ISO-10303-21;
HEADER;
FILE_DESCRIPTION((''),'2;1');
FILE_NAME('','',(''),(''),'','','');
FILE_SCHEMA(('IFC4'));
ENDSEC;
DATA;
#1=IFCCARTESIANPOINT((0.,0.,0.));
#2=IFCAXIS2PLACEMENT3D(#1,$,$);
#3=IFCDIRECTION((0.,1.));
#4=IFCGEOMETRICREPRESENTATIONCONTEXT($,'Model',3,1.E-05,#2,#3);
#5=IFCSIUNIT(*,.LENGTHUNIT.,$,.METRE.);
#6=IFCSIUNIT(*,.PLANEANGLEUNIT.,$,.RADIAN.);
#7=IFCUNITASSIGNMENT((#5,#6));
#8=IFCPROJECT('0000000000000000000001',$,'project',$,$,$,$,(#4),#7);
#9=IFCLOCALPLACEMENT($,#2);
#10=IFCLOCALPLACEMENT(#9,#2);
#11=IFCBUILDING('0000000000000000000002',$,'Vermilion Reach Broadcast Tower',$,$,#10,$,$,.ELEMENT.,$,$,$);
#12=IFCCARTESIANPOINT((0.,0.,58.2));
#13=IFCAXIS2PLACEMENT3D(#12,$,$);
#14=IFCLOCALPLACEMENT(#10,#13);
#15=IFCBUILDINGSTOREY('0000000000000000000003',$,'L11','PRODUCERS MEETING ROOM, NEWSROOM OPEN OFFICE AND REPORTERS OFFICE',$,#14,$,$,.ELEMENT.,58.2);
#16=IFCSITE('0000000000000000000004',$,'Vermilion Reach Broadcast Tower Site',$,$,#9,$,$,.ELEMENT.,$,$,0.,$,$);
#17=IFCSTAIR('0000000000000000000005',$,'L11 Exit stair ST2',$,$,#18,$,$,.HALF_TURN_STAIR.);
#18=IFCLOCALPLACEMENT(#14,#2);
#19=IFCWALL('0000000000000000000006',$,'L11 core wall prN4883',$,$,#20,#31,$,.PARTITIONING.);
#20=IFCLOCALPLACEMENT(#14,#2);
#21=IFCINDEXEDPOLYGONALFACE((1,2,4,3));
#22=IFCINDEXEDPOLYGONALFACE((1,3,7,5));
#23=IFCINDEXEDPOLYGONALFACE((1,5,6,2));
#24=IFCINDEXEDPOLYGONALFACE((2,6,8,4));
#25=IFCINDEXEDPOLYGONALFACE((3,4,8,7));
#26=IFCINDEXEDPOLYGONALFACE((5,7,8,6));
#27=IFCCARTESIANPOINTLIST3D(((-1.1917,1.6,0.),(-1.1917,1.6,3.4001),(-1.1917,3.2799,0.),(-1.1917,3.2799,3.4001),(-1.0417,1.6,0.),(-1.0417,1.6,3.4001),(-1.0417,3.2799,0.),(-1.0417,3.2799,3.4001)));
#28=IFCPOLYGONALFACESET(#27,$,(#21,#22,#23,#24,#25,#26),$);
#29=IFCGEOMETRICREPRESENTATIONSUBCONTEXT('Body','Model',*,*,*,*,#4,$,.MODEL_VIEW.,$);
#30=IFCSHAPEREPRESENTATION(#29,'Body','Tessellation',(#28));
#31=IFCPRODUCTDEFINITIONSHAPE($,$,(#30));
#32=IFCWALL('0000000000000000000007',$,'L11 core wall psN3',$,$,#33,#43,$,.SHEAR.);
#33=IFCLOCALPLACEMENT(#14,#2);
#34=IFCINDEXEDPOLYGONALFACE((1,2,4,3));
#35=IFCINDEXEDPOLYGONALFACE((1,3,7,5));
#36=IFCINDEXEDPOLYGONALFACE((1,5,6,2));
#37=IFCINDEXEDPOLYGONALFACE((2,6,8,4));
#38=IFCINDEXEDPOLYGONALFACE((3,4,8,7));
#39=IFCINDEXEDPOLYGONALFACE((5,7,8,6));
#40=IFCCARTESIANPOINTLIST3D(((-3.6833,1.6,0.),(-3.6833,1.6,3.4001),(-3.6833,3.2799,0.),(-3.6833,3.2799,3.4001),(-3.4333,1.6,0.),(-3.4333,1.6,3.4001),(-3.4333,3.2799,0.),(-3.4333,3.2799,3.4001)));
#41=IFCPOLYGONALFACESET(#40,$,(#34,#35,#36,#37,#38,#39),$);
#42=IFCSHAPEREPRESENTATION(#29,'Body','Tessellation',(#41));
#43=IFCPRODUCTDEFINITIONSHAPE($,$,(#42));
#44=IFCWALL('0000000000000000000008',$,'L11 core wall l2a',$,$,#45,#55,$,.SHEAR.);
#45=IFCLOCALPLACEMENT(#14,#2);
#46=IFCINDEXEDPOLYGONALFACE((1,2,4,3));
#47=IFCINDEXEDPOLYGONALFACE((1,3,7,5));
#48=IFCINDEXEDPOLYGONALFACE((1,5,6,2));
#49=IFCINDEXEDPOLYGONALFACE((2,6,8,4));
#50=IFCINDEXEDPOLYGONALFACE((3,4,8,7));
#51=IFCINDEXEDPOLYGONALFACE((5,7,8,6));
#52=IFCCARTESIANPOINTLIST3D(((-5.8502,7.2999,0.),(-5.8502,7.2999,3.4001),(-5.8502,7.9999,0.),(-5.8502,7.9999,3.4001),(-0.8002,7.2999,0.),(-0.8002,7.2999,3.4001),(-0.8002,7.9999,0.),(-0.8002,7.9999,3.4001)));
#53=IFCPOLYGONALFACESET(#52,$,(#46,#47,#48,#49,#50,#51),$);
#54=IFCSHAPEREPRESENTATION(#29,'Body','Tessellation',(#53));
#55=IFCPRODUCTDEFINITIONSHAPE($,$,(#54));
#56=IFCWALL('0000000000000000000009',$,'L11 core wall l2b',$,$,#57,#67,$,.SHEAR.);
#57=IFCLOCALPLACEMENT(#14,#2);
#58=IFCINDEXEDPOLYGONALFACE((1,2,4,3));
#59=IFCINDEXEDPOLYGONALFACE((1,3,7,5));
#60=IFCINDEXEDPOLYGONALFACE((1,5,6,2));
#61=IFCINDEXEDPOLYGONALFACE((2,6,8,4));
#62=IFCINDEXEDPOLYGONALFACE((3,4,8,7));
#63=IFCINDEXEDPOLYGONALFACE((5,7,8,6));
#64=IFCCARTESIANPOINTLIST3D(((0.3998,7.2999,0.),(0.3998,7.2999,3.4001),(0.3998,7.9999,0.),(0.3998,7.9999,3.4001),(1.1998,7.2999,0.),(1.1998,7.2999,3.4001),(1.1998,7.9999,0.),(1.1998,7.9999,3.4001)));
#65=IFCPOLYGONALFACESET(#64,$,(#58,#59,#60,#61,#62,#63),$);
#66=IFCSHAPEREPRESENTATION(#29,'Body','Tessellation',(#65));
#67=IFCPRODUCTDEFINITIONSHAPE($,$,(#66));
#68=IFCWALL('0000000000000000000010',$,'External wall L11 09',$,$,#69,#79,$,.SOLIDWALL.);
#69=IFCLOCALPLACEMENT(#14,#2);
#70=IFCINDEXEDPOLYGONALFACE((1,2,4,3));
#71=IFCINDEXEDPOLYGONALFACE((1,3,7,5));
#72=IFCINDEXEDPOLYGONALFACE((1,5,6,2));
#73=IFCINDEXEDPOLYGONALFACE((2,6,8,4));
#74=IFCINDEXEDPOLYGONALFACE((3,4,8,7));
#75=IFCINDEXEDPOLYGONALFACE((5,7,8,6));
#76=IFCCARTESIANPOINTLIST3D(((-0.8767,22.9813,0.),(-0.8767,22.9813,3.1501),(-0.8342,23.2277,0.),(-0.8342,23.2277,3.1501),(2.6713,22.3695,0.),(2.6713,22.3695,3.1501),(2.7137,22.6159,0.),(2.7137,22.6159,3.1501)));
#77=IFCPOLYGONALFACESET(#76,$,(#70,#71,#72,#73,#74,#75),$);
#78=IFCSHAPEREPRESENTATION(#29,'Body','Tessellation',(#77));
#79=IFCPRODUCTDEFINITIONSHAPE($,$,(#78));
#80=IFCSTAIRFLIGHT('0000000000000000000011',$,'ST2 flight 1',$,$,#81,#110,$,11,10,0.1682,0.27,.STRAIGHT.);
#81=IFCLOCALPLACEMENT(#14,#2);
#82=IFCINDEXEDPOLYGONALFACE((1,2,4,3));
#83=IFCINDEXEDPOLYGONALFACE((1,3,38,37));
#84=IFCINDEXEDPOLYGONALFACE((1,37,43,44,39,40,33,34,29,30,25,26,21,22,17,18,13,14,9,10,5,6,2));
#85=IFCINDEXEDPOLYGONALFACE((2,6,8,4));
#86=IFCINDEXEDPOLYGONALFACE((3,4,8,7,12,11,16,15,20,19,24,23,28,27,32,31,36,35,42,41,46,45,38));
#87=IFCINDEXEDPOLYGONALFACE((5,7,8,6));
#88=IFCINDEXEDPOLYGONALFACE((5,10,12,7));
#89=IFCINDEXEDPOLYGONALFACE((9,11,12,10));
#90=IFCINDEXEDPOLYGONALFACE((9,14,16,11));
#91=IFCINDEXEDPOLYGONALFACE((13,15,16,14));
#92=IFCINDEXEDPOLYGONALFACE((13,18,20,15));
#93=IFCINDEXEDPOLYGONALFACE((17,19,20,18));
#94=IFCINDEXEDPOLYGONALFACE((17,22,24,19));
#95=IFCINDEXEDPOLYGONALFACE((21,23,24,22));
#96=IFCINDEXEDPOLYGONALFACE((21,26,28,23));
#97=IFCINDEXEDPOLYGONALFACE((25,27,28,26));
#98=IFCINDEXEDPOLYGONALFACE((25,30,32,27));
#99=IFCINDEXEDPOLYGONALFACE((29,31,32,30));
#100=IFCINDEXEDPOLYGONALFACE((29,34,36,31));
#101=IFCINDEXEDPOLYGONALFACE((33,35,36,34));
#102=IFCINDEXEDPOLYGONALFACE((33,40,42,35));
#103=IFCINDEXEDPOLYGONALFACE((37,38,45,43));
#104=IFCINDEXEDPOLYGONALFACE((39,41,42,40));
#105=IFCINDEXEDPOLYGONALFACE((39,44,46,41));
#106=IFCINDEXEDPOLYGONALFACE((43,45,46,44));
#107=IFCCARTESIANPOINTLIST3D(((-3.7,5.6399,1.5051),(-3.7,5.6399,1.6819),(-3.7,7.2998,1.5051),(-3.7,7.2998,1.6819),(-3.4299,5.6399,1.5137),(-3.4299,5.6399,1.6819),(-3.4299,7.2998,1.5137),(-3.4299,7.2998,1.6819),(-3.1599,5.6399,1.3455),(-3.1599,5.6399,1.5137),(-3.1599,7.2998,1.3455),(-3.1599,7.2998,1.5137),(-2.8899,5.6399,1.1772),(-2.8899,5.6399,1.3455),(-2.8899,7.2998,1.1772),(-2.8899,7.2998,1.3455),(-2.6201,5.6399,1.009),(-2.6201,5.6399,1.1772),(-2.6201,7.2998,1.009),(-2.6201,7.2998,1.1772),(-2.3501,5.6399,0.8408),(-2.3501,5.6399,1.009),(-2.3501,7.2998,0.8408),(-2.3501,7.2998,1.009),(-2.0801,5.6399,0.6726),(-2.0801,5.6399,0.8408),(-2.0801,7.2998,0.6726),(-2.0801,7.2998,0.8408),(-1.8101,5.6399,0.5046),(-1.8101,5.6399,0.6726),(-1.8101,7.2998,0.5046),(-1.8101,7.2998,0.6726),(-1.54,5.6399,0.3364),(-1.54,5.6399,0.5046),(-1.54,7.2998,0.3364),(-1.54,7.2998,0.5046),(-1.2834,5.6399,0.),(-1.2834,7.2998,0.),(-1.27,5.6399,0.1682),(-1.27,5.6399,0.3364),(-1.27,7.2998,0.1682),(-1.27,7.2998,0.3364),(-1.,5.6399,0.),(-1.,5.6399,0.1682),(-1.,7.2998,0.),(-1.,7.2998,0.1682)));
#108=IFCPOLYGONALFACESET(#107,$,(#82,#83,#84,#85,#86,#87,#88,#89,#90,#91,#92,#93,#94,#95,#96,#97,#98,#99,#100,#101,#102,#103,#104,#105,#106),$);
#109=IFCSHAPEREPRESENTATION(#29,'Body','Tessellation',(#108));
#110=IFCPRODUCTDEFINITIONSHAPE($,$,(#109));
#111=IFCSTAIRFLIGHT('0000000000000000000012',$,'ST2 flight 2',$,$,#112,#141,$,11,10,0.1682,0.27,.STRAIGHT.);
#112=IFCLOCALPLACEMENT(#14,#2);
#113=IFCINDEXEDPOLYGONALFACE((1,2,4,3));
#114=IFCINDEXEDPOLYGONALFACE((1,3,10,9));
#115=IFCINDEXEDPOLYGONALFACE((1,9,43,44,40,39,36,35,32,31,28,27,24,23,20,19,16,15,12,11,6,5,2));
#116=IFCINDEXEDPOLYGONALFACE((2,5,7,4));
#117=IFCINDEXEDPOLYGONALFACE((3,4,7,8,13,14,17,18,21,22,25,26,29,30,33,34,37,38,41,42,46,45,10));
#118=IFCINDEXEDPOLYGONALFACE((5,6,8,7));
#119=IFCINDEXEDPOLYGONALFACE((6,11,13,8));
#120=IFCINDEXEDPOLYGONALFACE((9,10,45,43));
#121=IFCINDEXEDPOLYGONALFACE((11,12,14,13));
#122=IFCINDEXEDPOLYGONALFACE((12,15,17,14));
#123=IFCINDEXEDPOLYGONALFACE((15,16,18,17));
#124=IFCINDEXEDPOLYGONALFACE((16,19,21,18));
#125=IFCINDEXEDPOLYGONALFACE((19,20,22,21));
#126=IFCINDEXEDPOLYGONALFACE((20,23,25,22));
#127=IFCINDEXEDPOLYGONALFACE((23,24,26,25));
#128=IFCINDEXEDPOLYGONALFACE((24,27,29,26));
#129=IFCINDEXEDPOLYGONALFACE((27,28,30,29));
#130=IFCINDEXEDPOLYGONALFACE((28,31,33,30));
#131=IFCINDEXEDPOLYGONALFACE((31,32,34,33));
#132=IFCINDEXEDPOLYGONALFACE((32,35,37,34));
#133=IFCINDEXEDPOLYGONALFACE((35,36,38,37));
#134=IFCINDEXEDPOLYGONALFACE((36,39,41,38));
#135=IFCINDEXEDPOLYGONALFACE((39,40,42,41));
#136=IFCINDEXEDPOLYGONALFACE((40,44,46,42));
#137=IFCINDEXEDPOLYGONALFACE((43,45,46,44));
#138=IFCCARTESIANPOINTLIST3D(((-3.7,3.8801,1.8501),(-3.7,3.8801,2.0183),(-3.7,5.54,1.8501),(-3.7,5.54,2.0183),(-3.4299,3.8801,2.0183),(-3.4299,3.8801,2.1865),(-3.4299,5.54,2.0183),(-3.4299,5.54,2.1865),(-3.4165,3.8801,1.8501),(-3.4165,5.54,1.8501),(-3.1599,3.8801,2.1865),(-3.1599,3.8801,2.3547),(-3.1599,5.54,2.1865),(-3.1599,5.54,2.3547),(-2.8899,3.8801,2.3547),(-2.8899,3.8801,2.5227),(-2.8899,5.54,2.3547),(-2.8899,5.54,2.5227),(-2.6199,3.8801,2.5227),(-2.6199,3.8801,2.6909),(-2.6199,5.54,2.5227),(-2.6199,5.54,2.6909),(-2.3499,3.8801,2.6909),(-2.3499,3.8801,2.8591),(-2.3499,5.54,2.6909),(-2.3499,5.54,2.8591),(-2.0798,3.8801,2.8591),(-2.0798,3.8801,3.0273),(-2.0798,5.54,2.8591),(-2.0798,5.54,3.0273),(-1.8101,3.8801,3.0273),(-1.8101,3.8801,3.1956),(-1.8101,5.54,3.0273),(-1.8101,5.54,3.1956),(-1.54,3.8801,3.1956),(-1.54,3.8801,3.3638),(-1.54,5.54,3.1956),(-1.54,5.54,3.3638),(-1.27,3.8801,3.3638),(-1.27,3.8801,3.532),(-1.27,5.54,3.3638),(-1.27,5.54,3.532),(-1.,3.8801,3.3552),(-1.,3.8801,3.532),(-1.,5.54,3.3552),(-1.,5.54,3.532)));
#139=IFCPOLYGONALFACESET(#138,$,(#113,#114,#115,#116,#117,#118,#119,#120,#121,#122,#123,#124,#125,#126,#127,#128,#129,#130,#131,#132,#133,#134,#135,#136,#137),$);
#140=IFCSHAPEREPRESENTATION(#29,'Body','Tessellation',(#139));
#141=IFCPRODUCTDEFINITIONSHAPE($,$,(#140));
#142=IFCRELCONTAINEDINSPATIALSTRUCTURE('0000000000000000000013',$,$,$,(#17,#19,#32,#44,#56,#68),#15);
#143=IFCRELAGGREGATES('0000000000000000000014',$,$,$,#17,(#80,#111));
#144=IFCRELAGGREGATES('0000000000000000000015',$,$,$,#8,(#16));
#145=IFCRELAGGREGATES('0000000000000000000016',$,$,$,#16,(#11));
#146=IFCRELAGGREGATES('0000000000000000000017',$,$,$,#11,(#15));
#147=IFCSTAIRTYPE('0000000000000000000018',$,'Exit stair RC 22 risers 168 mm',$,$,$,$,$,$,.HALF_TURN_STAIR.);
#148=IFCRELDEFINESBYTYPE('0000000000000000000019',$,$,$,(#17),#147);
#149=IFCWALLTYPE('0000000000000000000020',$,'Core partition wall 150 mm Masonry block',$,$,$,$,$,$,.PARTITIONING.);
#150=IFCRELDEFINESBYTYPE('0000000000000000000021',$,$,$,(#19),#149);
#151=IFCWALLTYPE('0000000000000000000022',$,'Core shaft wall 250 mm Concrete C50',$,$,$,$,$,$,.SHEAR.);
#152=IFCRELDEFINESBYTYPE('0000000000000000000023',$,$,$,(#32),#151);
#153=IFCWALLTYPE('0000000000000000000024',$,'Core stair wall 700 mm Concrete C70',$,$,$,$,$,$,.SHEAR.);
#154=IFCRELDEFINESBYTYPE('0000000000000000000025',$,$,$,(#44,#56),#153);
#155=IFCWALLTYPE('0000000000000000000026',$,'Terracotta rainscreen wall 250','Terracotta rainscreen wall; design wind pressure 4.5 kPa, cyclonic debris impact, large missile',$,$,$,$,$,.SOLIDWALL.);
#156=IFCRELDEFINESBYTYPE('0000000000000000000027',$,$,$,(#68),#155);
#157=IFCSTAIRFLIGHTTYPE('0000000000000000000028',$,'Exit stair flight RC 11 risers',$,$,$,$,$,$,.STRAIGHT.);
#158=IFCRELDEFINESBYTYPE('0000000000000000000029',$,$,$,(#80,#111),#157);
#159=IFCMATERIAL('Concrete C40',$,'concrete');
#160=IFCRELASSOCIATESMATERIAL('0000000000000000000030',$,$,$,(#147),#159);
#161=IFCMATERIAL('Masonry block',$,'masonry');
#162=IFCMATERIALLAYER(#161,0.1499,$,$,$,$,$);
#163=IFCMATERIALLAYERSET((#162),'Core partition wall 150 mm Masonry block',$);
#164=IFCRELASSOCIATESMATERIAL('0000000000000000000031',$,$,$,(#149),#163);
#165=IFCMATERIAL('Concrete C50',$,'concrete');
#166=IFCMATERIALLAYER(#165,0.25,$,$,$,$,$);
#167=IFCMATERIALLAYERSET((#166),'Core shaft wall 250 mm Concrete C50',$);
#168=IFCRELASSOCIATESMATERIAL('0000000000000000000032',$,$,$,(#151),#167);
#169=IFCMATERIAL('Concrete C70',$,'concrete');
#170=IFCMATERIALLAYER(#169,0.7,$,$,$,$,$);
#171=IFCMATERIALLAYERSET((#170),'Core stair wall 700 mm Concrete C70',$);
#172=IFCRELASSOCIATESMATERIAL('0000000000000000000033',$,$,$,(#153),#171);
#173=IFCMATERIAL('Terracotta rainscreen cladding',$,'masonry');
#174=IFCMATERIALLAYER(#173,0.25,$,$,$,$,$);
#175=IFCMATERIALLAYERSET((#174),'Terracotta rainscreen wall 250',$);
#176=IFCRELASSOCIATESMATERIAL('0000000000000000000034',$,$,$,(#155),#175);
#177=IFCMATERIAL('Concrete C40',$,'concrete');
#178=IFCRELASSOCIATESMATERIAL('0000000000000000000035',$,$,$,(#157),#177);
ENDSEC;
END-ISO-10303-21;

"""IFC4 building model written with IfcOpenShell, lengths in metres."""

from ifc_helpers import new_model, si_unit, direction, frame, frame_2d, origin, place, context, subcontext, project, spatial, polyline, rectangle, outline, extrude, material, layer, layer_set, type_object, element, aggregate, save


model = new_model("IFC4")

# Units and contexts
model_context = context("Model", 3, precision=1e-05, world=origin(), true_north=direction((0.0, 1.0)))
body_context = subcontext(model_context, "Body", "Model", "MODEL_VIEW")
ifc_project = project(units=[si_unit("LENGTHUNIT", "METRE"), si_unit("PLANEANGLEUNIT", "RADIAN")], contexts=[model_context])

# Site, building, storey
site_placement = place(None, origin())
site = spatial("IfcSite", under=ifc_project, at=site_placement, Name="Vermilion Reach Broadcast Tower Site", CompositionType="ELEMENT", RefElevation=0.0)
building_placement = place(site_placement, origin())
building = spatial("IfcBuilding", under=site, at=building_placement, Name="Vermilion Reach Broadcast Tower", CompositionType="ELEMENT")
storey_placement = place(building_placement, frame((0.0, 0.0, 58.2)))
storey = spatial("IfcBuildingStorey", under=building, at=storey_placement, Name="L11", Description="PRODUCERS MEETING ROOM, NEWSROOM OPEN OFFICE AND REPORTERS OFFICE", CompositionType="ELEMENT", Elevation=58.2)

# Shared definitions
placement_1 = place(storey_placement, origin())

# Stair
ifc_material_1 = material(Name="Concrete C40", Category="concrete")
stair_type = type_object("IfcStairType", Name="Exit stair RC 22 risers 168 mm", PredefinedType="HALF_TURN_STAIR", material=ifc_material_1)
stair_1 = element("IfcStair", 1, at=placement_1, inside=storey, type_object=stair_type, Name="L11 Exit stair ST2", PredefinedType="HALF_TURN_STAIR")

# Walls
ifc_material_2 = material(Name="Masonry block", Category="masonry")
ifc_layer_1 = layer(ifc_material_2, 0.1499)
ifc_layer_set_1 = layer_set([ifc_layer_1], Name="Core partition wall 150 mm Masonry block")
wall_type_1 = type_object("IfcWallType", Name="Core partition wall 150 mm Masonry block", PredefinedType="PARTITIONING", material=ifc_layer_set_1)
wall_1_placement = place(storey_placement, frame((-1.1167, 1.6001, 0.0), z_axis=(0.0, 0.0, 1.0), x_axis=(0.0, 1.0, 0.0)))
element("IfcWall", 2, at=wall_1_placement, inside=storey, type_object=wall_type_1, Name="L11 core wall prN4883", PredefinedType="PARTITIONING", context=body_context, shape_type="SweptSolid", body=[
    extrude(rectangle(XDim=1.6799, YDim=0.1499, at=frame_2d((0.8398, 0.0))), origin(), (0.0, 0.0, 1.0), 3.4001),
])
ifc_material_3 = material(Name="Concrete C50", Category="concrete")
ifc_layer_2 = layer(ifc_material_3, 0.25)
ifc_layer_set_2 = layer_set([ifc_layer_2], Name="Core shaft wall 250 mm Concrete C50")
wall_type_2 = type_object("IfcWallType", Name="Core shaft wall 250 mm Concrete C50", PredefinedType="SHEAR", material=ifc_layer_set_2)
wall_2_placement = place(storey_placement, frame((-3.5583, 1.6001, 0.0), z_axis=(0.0, 0.0, 1.0), x_axis=(0.0, 1.0, 0.0)))
element("IfcWall", 3, at=wall_2_placement, inside=storey, type_object=wall_type_2, Name="L11 core wall psN3", PredefinedType="SHEAR", context=body_context, shape_type="SweptSolid", body=[
    extrude(rectangle(XDim=1.6799, YDim=0.25, at=frame_2d((0.8398, 0.0))), origin(), (0.0, 0.0, 1.0), 3.4001),
])
ifc_material_4 = material(Name="Concrete C70", Category="concrete")
ifc_layer_3 = layer(ifc_material_4, 0.7)
ifc_layer_set_3 = layer_set([ifc_layer_3], Name="Core stair wall 700 mm Concrete C70")
wall_type_3 = type_object("IfcWallType", Name="Core stair wall 700 mm Concrete C70", PredefinedType="SHEAR", material=ifc_layer_set_3)
wall_3_placement = place(storey_placement, frame((-5.8501, 7.6499, 0.0), z_axis=(0.0, 0.0, 1.0), x_axis=(1.0, 0.0, 0.0)))
element("IfcWall", 4, at=wall_3_placement, inside=storey, type_object=wall_type_3, Name="L11 core wall l2a", PredefinedType="SHEAR", context=body_context, shape_type="SweptSolid", body=[
    extrude(rectangle(XDim=5.05, YDim=0.7, at=frame_2d((2.5249, 0.0))), origin(), (0.0, 0.0, 1.0), 3.4001),
])
wall_4_placement = place(storey_placement, frame((0.3999, 7.6499, 0.0), z_axis=(0.0, 0.0, 1.0), x_axis=(1.0, 0.0, 0.0)))
element("IfcWall", 5, at=wall_4_placement, inside=storey, type_object=wall_type_3, Name="L11 core wall l2b", PredefinedType="SHEAR", context=body_context, shape_type="SweptSolid", body=[
    extrude(rectangle(XDim=0.8, YDim=0.7, at=frame_2d((0.3999, 0.0))), origin(), (0.0, 0.0, 1.0), 3.4001),
])
ifc_material_5 = material(Name="Terracotta rainscreen cladding", Category="masonry")
ifc_layer_4 = layer(ifc_material_5, 0.25)
ifc_layer_set_4 = layer_set([ifc_layer_4], Name="Terracotta rainscreen wall 250")
wall_type_4 = type_object("IfcWallType", Name="Terracotta rainscreen wall 250", Description="Terracotta rainscreen wall; design wind pressure 4.5 kPa, cyclonic debris impact, large missile", PredefinedType="SOLIDWALL", material=ifc_layer_set_4)
wall_5_placement = place(storey_placement, frame((2.6926, 22.4927, 0.0), z_axis=(0.0, 0.0, 1.0), x_axis=(-0.985457, 0.169927, 0.0)))
element("IfcWall", 6, at=wall_5_placement, inside=storey, type_object=wall_type_4, Name="External wall L11 09", PredefinedType="SOLIDWALL", context=body_context, shape_type="SweptSolid", body=[
    extrude(rectangle(XDim=3.6003, YDim=0.25, at=frame_2d((1.8003, 0.0))), origin(), (0.0, 0.0, 1.0), 3.1501),
])

# Stair flights
ifc_material_6 = material(Name="Concrete C40", Category="concrete")
stair_flight_type = type_object("IfcStairFlightType", Name="Exit stair flight RC 11 risers", PredefinedType="STRAIGHT", material=ifc_material_6)
stair_flight_1_placement = place(storey_placement, frame((-1.0, 6.47, 0.0), z_axis=(0.0, 0.0, 1.0), x_axis=(-1.0, 0.0, 0.0)))
stair_flight_1 = element("IfcStairFlight", 7, at=stair_flight_1_placement, type_object=stair_flight_type, Name="ST2 flight 1", NumberOfRisers=11, NumberOfTreads=10, PredefinedType="STRAIGHT", RiserHeight=0.1682, TreadLength=0.27, context=body_context, shape_type="SweptSolid", body=[
    extrude(outline(polyline([(0.0, 0.0), (0.0, 0.1682), (0.27, 0.1682), (0.27, 0.3364), (0.54, 0.3364), (0.54, 0.5046), (0.8101, 0.5046), (0.8101, 0.6726), (1.0801, 0.6726), (1.0801, 0.8408), (1.3501, 0.8408), (1.3501, 1.009), (1.6201, 1.009), (1.6201, 1.1772), (1.8899, 1.1772), (1.8899, 1.3455), (2.1599, 1.3455), (2.1599, 1.5137), (2.4299, 1.5137), (2.4299, 1.6819), (2.7, 1.6819), (2.7, 1.8501), (2.7, 1.5051), (0.2834, 0.0), (0.0, 0.0)])), frame((0.0, 0.8301, 0.0), z_axis=(0.0, -1.0, 0.0), x_axis=(1.0, 0.0, 0.0)), (0.0, 0.0, 1.0), 1.6599),
])
stair_flight_2_placement = place(storey_placement, frame((-3.7, 4.71, 1.8501), z_axis=(0.0, 0.0, 1.0), x_axis=(1.0, 0.0, 0.0)))
stair_flight_2 = element("IfcStairFlight", 8, at=stair_flight_2_placement, type_object=stair_flight_type, Name="ST2 flight 2", NumberOfRisers=11, NumberOfTreads=10, PredefinedType="STRAIGHT", RiserHeight=0.1682, TreadLength=0.27, context=body_context, shape_type="SweptSolid", body=[
    extrude(outline(polyline([(0.0, 0.0), (0.0, 0.1682), (0.27, 0.1682), (0.27, 0.3364), (0.54, 0.3364), (0.54, 0.5046), (0.8101, 0.5046), (0.8101, 0.6726), (1.0801, 0.6726), (1.0801, 0.8408), (1.3501, 0.8408), (1.3501, 1.009), (1.6201, 1.009), (1.6201, 1.1772), (1.8899, 1.1772), (1.8899, 1.3455), (2.1599, 1.3455), (2.1599, 1.5137), (2.4299, 1.5137), (2.4299, 1.6819), (2.7, 1.6819), (2.7, 1.8501), (2.7, 1.5051), (0.2834, 0.0), (0.0, 0.0)])), frame((0.0, 0.8301, 0.0), z_axis=(0.0, -1.0, 0.0), x_axis=(1.0, 0.0, 0.0)), (0.0, 0.0, 1.0), 1.6599),
])
aggregate(stair_1, [stair_flight_1, stair_flight_2])

save(model, "model.ifc")
